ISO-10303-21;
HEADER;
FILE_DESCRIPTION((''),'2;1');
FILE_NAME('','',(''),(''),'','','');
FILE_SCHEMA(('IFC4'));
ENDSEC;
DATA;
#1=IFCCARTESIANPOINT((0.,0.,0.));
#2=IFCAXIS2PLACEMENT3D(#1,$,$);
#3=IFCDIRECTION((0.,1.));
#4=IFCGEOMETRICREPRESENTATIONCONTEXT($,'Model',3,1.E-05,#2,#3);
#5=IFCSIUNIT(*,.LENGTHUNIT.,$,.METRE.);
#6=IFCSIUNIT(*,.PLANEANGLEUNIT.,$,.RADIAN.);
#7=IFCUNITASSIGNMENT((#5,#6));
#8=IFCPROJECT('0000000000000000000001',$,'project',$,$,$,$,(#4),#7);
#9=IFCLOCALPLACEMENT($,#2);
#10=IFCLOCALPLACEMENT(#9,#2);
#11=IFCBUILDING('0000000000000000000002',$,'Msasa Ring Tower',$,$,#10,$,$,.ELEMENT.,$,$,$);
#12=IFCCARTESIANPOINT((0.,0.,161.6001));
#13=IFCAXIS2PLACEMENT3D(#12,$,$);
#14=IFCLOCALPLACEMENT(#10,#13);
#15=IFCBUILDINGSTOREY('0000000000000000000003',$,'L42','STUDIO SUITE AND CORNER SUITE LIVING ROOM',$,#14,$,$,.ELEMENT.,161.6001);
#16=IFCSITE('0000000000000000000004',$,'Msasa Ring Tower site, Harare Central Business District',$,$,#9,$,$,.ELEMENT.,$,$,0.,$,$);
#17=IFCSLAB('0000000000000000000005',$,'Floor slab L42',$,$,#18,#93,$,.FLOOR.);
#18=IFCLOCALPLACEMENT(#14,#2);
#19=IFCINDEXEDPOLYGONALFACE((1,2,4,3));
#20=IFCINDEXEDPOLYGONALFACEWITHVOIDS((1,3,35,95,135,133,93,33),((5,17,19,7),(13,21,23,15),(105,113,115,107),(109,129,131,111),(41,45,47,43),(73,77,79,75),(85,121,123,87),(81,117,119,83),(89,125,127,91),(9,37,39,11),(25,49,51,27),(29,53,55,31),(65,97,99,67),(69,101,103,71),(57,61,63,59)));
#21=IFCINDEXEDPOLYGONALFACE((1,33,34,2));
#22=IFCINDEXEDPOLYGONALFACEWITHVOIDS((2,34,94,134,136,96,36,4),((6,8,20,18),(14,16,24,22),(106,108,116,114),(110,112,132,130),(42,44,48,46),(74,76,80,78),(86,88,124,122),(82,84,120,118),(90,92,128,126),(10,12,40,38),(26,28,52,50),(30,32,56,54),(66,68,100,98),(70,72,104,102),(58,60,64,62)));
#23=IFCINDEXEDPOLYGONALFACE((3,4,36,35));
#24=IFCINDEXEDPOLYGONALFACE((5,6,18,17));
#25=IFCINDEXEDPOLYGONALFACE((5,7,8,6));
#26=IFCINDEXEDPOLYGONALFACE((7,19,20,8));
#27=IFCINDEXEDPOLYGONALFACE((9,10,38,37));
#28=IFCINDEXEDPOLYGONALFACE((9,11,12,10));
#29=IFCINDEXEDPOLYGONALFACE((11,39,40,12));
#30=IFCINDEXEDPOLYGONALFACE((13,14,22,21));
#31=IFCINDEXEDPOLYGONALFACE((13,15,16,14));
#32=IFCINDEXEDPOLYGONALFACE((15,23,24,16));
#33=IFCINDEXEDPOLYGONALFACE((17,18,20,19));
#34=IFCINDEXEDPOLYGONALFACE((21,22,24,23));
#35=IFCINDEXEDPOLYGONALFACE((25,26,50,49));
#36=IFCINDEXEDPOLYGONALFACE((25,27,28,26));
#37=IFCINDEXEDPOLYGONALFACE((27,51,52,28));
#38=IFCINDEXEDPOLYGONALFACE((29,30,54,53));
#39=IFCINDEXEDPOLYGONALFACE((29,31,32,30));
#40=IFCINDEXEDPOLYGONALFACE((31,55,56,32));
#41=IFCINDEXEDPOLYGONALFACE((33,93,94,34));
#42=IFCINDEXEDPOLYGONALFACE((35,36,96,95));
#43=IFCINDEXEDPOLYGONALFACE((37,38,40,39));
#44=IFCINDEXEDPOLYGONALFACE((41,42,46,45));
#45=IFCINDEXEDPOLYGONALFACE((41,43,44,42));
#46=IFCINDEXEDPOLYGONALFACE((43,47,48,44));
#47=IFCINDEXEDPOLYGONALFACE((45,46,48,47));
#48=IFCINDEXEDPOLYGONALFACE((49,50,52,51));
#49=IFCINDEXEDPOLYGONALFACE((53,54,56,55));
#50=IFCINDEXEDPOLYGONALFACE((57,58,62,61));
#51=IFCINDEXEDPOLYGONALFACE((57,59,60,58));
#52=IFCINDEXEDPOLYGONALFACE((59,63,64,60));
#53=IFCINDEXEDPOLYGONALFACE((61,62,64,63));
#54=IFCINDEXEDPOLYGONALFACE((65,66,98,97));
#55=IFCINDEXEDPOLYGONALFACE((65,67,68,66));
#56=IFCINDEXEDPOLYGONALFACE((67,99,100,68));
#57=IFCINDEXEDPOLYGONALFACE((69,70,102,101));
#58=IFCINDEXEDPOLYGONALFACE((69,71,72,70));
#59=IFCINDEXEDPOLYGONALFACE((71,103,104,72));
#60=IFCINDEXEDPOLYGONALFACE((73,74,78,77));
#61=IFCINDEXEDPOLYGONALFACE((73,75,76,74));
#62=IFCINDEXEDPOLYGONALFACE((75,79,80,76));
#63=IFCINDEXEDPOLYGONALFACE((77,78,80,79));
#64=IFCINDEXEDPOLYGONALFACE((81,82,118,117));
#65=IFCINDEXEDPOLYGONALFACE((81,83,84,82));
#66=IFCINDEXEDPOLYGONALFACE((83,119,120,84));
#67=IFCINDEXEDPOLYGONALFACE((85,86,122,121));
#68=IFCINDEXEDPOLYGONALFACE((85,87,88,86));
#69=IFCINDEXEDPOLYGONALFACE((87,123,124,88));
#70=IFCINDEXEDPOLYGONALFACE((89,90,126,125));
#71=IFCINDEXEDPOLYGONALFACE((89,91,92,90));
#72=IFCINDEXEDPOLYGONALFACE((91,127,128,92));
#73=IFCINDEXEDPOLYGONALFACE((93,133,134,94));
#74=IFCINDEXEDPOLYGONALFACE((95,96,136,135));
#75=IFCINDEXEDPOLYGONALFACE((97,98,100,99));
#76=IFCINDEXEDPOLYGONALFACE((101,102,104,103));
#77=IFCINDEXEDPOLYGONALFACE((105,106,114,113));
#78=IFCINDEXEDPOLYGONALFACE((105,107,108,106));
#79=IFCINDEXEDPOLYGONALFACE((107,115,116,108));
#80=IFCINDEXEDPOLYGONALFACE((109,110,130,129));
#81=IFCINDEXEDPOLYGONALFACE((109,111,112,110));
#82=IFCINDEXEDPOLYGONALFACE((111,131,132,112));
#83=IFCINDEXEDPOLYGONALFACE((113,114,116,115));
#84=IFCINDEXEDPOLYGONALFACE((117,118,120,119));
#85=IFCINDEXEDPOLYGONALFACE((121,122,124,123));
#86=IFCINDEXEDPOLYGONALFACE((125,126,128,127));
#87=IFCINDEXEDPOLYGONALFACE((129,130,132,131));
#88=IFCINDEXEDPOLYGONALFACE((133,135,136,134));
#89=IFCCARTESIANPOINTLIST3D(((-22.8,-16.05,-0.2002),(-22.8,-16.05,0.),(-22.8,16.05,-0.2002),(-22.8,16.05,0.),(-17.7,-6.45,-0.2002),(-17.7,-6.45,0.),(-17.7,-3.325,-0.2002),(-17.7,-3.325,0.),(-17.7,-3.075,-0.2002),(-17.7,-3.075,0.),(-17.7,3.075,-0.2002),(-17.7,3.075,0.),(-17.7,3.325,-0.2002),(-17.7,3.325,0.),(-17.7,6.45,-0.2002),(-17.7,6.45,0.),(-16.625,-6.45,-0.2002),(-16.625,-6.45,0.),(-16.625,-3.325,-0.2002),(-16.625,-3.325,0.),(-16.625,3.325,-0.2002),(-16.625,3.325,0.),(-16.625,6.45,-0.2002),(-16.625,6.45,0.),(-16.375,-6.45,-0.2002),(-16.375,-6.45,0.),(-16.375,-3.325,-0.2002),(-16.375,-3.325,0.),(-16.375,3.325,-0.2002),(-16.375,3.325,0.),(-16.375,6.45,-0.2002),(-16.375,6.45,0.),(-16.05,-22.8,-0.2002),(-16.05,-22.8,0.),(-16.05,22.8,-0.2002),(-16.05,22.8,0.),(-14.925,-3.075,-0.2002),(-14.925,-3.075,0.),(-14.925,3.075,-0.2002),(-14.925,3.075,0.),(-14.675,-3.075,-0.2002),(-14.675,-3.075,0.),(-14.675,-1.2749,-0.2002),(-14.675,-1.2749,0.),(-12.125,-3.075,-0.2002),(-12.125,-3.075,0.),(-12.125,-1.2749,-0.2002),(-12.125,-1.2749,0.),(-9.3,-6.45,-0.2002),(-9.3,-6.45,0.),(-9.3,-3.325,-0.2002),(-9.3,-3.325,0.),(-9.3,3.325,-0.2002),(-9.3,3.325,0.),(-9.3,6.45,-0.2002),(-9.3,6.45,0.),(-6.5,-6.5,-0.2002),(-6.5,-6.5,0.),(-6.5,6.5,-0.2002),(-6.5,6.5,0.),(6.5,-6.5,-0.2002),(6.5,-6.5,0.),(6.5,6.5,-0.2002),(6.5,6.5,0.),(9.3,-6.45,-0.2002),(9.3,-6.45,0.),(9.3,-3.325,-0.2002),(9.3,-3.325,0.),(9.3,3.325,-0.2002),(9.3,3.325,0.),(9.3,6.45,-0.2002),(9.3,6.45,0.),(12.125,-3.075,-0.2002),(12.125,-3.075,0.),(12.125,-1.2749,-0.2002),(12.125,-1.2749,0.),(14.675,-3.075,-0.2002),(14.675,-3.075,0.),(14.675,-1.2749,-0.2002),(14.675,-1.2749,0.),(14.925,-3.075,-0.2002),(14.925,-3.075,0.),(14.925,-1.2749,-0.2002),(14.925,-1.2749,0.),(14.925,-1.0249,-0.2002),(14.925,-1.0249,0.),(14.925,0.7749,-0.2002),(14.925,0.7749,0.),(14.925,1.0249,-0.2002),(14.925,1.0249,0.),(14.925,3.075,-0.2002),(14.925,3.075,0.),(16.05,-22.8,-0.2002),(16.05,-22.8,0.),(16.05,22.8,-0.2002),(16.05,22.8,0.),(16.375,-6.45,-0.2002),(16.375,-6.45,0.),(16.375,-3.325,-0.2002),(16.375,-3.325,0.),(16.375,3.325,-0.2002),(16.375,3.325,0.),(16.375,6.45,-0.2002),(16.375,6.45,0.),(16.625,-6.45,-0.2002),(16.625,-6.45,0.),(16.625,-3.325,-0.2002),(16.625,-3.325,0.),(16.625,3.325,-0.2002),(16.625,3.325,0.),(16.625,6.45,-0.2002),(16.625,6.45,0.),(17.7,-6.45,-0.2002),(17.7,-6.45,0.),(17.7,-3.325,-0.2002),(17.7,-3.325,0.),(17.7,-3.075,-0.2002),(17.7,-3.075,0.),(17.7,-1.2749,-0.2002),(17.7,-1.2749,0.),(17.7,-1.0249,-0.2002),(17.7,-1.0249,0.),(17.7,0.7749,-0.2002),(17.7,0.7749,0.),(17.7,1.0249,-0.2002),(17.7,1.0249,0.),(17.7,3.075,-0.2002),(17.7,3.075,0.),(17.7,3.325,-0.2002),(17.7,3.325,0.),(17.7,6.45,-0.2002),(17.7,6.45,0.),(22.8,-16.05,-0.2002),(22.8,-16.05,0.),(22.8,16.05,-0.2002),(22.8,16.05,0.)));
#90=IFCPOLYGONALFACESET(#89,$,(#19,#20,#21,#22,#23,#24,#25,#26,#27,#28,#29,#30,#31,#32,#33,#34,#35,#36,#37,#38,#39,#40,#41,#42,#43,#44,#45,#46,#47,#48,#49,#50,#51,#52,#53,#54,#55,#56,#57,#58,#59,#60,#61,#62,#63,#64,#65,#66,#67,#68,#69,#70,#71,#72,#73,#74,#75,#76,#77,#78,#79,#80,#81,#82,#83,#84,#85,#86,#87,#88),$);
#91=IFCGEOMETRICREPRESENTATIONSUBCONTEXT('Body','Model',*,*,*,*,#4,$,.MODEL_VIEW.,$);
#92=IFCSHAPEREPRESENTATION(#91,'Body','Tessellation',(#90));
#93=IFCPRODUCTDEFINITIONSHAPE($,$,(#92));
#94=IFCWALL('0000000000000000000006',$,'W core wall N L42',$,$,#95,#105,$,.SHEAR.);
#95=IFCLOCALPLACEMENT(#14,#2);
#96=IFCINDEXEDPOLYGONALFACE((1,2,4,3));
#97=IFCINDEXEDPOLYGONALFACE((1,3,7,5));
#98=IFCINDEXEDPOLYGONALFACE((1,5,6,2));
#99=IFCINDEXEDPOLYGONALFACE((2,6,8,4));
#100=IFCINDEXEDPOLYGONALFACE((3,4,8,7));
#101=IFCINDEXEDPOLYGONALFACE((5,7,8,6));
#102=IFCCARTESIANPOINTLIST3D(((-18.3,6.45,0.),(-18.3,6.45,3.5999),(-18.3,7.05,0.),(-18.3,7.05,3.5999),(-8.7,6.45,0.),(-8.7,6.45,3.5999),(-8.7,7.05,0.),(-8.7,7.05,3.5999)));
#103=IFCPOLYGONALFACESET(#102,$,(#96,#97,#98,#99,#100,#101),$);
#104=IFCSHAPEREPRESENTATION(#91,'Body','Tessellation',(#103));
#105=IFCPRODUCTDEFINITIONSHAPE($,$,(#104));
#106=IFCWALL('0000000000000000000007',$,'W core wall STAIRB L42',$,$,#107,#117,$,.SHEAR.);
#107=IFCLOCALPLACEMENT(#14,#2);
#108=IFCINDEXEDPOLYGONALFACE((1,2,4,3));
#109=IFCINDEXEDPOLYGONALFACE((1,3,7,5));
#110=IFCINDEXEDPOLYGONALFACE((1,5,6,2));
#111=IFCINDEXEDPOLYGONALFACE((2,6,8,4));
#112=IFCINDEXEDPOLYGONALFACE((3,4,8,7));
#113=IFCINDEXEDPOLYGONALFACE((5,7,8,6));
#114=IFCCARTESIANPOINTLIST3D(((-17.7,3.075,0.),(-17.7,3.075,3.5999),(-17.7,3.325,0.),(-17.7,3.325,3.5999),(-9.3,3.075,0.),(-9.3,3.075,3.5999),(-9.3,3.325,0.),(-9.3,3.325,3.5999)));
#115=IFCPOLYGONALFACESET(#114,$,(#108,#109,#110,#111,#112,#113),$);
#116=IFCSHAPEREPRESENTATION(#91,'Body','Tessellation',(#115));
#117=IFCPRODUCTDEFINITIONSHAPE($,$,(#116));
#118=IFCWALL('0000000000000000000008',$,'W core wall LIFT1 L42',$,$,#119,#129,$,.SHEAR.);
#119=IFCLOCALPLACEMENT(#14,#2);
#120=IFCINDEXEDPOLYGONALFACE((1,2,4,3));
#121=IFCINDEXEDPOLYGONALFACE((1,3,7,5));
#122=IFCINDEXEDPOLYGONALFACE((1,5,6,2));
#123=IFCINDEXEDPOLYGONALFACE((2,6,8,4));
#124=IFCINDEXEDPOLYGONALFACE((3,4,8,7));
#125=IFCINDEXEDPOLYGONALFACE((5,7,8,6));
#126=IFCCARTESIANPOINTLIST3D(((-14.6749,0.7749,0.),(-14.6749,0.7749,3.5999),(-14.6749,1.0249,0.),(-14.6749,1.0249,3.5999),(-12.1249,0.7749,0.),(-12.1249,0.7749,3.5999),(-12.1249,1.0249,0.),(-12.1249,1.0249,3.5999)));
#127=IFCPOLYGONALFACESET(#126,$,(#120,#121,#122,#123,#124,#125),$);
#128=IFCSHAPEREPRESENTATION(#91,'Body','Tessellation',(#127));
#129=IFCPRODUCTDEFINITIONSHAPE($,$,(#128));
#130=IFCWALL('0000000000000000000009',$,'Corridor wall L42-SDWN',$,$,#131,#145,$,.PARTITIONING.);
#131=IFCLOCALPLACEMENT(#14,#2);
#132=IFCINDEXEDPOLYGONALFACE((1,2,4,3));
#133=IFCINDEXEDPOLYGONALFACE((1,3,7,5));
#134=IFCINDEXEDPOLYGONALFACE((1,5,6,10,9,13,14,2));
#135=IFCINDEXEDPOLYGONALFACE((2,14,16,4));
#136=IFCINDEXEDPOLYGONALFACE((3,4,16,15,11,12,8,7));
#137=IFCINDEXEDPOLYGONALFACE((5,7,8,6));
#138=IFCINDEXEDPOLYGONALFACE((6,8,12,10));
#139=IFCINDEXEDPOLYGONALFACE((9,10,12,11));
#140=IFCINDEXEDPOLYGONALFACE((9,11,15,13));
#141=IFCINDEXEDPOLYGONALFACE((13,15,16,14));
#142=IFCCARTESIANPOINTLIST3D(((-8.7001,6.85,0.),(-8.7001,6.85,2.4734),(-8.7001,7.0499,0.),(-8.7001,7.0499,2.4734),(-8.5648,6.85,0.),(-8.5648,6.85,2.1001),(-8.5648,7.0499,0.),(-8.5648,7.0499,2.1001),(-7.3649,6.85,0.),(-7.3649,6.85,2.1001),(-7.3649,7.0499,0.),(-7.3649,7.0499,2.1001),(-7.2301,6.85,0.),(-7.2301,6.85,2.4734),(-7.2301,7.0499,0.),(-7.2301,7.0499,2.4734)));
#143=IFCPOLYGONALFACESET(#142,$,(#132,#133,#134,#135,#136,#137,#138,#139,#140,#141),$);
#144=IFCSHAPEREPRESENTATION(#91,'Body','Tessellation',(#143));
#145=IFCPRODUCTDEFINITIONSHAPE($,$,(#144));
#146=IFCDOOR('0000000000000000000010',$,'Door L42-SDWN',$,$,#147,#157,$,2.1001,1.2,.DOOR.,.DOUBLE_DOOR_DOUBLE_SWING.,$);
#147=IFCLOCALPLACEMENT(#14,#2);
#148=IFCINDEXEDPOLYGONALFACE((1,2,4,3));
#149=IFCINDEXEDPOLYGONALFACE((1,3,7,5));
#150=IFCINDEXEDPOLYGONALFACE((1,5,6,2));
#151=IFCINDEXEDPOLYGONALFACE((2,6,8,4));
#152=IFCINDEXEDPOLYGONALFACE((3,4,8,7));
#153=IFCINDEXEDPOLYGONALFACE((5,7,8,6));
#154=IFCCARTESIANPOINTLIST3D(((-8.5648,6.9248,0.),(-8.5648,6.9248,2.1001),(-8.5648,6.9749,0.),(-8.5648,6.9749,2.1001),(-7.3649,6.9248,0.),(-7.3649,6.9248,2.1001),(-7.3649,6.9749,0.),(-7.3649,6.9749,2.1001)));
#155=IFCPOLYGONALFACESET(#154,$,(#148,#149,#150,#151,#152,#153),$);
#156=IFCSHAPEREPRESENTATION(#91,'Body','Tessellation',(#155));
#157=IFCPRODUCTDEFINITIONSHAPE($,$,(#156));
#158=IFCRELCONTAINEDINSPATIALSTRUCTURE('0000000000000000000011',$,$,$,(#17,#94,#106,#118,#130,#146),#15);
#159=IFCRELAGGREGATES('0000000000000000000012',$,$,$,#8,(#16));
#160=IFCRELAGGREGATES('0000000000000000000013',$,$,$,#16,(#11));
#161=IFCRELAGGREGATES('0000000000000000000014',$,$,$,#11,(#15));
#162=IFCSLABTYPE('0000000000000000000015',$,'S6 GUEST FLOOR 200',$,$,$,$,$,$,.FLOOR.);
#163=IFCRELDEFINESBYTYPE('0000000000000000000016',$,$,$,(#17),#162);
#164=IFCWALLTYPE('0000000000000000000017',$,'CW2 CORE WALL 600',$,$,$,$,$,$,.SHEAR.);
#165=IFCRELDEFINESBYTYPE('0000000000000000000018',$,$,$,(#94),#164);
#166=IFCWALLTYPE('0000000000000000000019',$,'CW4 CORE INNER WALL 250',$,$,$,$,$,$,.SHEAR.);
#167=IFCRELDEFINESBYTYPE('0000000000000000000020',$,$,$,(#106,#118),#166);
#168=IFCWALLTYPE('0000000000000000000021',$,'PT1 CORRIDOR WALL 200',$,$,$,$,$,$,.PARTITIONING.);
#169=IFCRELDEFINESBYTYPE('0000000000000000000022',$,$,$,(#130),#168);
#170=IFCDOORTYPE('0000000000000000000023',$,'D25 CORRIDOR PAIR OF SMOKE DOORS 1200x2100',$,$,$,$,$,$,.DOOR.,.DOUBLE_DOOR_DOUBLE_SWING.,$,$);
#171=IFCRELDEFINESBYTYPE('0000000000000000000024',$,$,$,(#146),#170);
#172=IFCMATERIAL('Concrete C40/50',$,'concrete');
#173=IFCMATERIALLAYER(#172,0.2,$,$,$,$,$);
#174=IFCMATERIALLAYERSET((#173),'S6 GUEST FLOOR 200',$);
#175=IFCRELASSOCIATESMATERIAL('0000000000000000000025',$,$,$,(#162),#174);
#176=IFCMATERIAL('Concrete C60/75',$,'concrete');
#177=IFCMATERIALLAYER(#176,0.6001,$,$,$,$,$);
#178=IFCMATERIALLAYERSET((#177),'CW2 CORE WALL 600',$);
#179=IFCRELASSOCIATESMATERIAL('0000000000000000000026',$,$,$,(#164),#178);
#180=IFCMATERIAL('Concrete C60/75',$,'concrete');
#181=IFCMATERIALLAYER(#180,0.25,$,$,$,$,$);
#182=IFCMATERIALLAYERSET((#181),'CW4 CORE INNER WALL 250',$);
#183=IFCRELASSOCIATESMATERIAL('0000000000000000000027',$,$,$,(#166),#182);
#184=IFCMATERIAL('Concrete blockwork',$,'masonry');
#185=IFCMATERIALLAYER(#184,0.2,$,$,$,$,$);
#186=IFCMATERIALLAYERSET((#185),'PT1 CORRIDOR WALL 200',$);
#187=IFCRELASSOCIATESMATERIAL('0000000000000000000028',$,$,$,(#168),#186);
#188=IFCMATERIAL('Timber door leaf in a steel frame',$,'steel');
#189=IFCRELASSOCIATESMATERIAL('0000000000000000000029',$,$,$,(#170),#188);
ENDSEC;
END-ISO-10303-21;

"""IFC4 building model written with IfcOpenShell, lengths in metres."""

from ifc_helpers import new_model, si_unit, direction, frame, frame_2d, origin, place, context, subcontext, project, spatial, polyline, rectangle, outline, extrude, material, layer, layer_set, type_object, element, fill, save


model = new_model("IFC4")

# Units and contexts
model_context = context("Model", 3, precision=1e-05, world=origin(), true_north=direction((0.0, 1.0)))
body_context = subcontext(model_context, "Body", "Model", "MODEL_VIEW")
ifc_project = project(units=[si_unit("LENGTHUNIT", "METRE"), si_unit("PLANEANGLEUNIT", "RADIAN")], contexts=[model_context])

# Site, building, storey
site_placement = place(None, origin())
site = spatial("IfcSite", under=ifc_project, at=site_placement, Name="Msasa Ring Tower site, Harare Central Business District", CompositionType="ELEMENT", RefElevation=0.0)
building_placement = place(site_placement, origin())
building = spatial("IfcBuilding", under=site, at=building_placement, Name="Msasa Ring Tower", CompositionType="ELEMENT")
storey_placement = place(building_placement, frame((0.0, 0.0, 161.6001)))
storey = spatial("IfcBuildingStorey", under=building, at=storey_placement, Name="L42", Description="STUDIO SUITE AND CORNER SUITE LIVING ROOM", CompositionType="ELEMENT", Elevation=161.6001)

# Slab
ifc_material_1 = material(Name="Concrete C40/50", Category="concrete")
ifc_layer_1 = layer(ifc_material_1, 0.2)
ifc_layer_set_1 = layer_set([ifc_layer_1], Name="S6 GUEST FLOOR 200")
slab_type = type_object("IfcSlabType", Name="S6 GUEST FLOOR 200", PredefinedType="FLOOR", material=ifc_layer_set_1)
slab_placement = place(storey_placement, frame((0.0, 0.0, -0.2002)))
element("IfcSlab", 1, at=slab_placement, inside=storey, type_object=slab_type, Name="Floor slab L42", PredefinedType="FLOOR", context=body_context, shape_type="SweptSolid", body=[
    extrude(outline(polyline([(-16.05, -22.8), (16.05, -22.8), (22.8, -16.05), (22.8, 16.05), (16.05, 22.8), (-16.05, 22.8), (-22.8, 16.05), (-22.8, -16.05), (-16.05, -22.8)]), holes=[polyline([(-6.5, -6.5), (6.5, -6.5), (6.5, 6.5), (-6.5, 6.5), (-6.5, -6.5)]), polyline([(9.3, -6.45), (16.375, -6.45), (16.375, -3.325), (9.3, -3.325), (9.3, -6.45)]), polyline([(9.3, 3.325), (16.375, 3.325), (16.375, 6.45), (9.3, 6.45), (9.3, 3.325)]), polyline([(12.125, -3.075), (14.675, -3.075), (14.675, -1.2749), (12.125, -1.2749), (12.125, -3.075)]), polyline([(16.625, -6.45), (17.7, -6.45), (17.7, -3.325), (16.625, -3.325), (16.625, -6.45)]), polyline([(16.625, 3.325), (17.7, 3.325), (17.7, 6.45), (16.625, 6.45), (16.625, 3.325)]), polyline([(14.925, -3.075), (17.7, -3.075), (17.7, -1.2749), (14.925, -1.2749), (14.925, -3.075)]), polyline([(14.925, -1.0249), (17.7, -1.0249), (17.7, 0.7749), (14.925, 0.7749), (14.925, -1.0249)]), polyline([(14.925, 1.0249), (17.7, 1.0249), (17.7, 3.075), (14.925, 3.075), (14.925, 1.0249)]), polyline([(-16.375, -6.45), (-9.3, -6.45), (-9.3, -3.325), (-16.375, -3.325), (-16.375, -6.45)]), polyline([(-16.375, 3.325), (-9.3, 3.325), (-9.3, 6.45), (-16.375, 6.45), (-16.375, 3.325)]), polyline([(-14.675, -3.075), (-12.125, -3.075), (-12.125, -1.2749), (-14.675, -1.2749), (-14.675, -3.075)]), polyline([(-17.7, -6.45), (-16.625, -6.45), (-16.625, -3.325), (-17.7, -3.325), (-17.7, -6.45)]), polyline([(-17.7, 3.325), (-16.625, 3.325), (-16.625, 6.45), (-17.7, 6.45), (-17.7, 3.325)]), polyline([(-17.7, -3.075), (-14.925, -3.075), (-14.925, 3.075), (-17.7, 3.075), (-17.7, -3.075)])]), origin(), (0.0, 0.0, 1.0), 0.2002),
])

# Walls
ifc_material_2 = material(Name="Concrete C60/75", Category="concrete")
ifc_layer_2 = layer(ifc_material_2, 0.6001)
ifc_layer_set_2 = layer_set([ifc_layer_2], Name="CW2 CORE WALL 600")
wall_type_1 = type_object("IfcWallType", Name="CW2 CORE WALL 600", PredefinedType="SHEAR", material=ifc_layer_set_2)
wall_1_placement = place(storey_placement, frame((-8.7, 6.75, 0.0), z_axis=(0.0, 0.0, 1.0), x_axis=(-1.0, 0.0, 0.0)))
element("IfcWall", 2, at=wall_1_placement, inside=storey, type_object=wall_type_1, Name="W core wall N L42", PredefinedType="SHEAR", context=body_context, shape_type="SweptSolid", body=[
    extrude(rectangle(XDim=9.6001, YDim=0.6001, at=frame_2d((4.8, 0.0))), origin(), (0.0, 0.0, 1.0), 3.5999),
])
ifc_material_3 = material(Name="Concrete C60/75", Category="concrete")
ifc_layer_3 = layer(ifc_material_3, 0.25)
ifc_layer_set_3 = layer_set([ifc_layer_3], Name="CW4 CORE INNER WALL 250")
wall_type_2 = type_object("IfcWallType", Name="CW4 CORE INNER WALL 250", PredefinedType="SHEAR", material=ifc_layer_set_3)
wall_2_placement = place(storey_placement, frame((-9.3, 3.2, 0.0), z_axis=(0.0, 0.0, 1.0), x_axis=(-1.0, 0.0, 0.0)))
element("IfcWall", 3, at=wall_2_placement, inside=storey, type_object=wall_type_2, Name="W core wall STAIRB L42", PredefinedType="SHEAR", context=body_context, shape_type="SweptSolid", body=[
    extrude(rectangle(XDim=8.3999, YDim=0.25, at=frame_2d((4.2, 0.0))), origin(), (0.0, 0.0, 1.0), 3.5999),
])
wall_3_placement = place(storey_placement, frame((-12.125, 0.8999, 0.0), z_axis=(0.0, 0.0, 1.0), x_axis=(-1.0, 0.0, 0.0)))
element("IfcWall", 4, at=wall_3_placement, inside=storey, type_object=wall_type_2, Name="W core wall LIFT1 L42", PredefinedType="SHEAR", context=body_context, shape_type="SweptSolid", body=[
    extrude(rectangle(XDim=2.55, YDim=0.25, at=frame_2d((1.2749, 0.0))), origin(), (0.0, 0.0, 1.0), 3.5999),
])

# Wall, opening, door
ifc_material_4 = material(Name="Concrete blockwork", Category="masonry")
ifc_layer_4 = layer(ifc_material_4, 0.2)
ifc_layer_set_4 = layer_set([ifc_layer_4], Name="PT1 CORRIDOR WALL 200")
wall_type_3 = type_object("IfcWallType", Name="PT1 CORRIDOR WALL 200", PredefinedType="PARTITIONING", material=ifc_layer_set_4)
wall_4_placement = place(storey_placement, frame((-8.7, 6.95, 0.0), z_axis=(0.0, 0.0, 1.0), x_axis=(1.0, 0.0, 0.0)))
wall_4 = element("IfcWall", 5, at=wall_4_placement, inside=storey, type_object=wall_type_3, Name="Corridor wall L42-SDWN", PredefinedType="PARTITIONING", context=body_context, shape_type="SweptSolid", body=[
    extrude(rectangle(XDim=1.47, YDim=0.2, at=frame_2d((0.7349, 0.0))), origin(), (0.0, 0.0, 1.0), 2.4734),
])
opening_1_placement = place(wall_4_placement, frame((0.135, 0.0, 0.0)))
opening_1 = element("IfcOpeningElement", 6, at=opening_1_placement, cuts=wall_4, PredefinedType="OPENING", context=body_context, shape_type="SweptSolid", body=[
    extrude(rectangle(XDim=1.2, YDim=2.1001, at=frame_2d((0.6001, 1.05))), frame((0.0, 0.1099, 0.0), z_axis=(0.0, -1.0, 0.0), x_axis=(1.0, 0.0, 0.0)), (0.0, 0.0, 1.0), 0.22),
])
ifc_material_5 = material(Name="Timber door leaf in a steel frame", Category="steel")
door_type_1 = type_object("IfcDoorType", Name="D25 CORRIDOR PAIR OF SMOKE DOORS 1200x2100", OperationType="DOUBLE_DOOR_DOUBLE_SWING", PredefinedType="DOOR", material=ifc_material_5)
door_1_placement = place(opening_1_placement, origin())
door_1 = element("IfcDoor", 7, at=door_1_placement, inside=storey, type_object=door_type_1, Name="Door L42-SDWN", OperationType="DOUBLE_DOOR_DOUBLE_SWING", OverallHeight=2.1001, OverallWidth=1.2, PredefinedType="DOOR", context=body_context, shape_type="SweptSolid", body=[
    extrude(rectangle(XDim=1.2, YDim=2.1001, at=frame_2d((0.6001, 1.05))), frame((0.0, 0.0249, 0.0), z_axis=(0.0, -1.0, 0.0), x_axis=(1.0, 0.0, 0.0)), (0.0, 0.0, 1.0), 0.05),
])
fill(opening_1, door_1)

save(model, "model.ifc")
